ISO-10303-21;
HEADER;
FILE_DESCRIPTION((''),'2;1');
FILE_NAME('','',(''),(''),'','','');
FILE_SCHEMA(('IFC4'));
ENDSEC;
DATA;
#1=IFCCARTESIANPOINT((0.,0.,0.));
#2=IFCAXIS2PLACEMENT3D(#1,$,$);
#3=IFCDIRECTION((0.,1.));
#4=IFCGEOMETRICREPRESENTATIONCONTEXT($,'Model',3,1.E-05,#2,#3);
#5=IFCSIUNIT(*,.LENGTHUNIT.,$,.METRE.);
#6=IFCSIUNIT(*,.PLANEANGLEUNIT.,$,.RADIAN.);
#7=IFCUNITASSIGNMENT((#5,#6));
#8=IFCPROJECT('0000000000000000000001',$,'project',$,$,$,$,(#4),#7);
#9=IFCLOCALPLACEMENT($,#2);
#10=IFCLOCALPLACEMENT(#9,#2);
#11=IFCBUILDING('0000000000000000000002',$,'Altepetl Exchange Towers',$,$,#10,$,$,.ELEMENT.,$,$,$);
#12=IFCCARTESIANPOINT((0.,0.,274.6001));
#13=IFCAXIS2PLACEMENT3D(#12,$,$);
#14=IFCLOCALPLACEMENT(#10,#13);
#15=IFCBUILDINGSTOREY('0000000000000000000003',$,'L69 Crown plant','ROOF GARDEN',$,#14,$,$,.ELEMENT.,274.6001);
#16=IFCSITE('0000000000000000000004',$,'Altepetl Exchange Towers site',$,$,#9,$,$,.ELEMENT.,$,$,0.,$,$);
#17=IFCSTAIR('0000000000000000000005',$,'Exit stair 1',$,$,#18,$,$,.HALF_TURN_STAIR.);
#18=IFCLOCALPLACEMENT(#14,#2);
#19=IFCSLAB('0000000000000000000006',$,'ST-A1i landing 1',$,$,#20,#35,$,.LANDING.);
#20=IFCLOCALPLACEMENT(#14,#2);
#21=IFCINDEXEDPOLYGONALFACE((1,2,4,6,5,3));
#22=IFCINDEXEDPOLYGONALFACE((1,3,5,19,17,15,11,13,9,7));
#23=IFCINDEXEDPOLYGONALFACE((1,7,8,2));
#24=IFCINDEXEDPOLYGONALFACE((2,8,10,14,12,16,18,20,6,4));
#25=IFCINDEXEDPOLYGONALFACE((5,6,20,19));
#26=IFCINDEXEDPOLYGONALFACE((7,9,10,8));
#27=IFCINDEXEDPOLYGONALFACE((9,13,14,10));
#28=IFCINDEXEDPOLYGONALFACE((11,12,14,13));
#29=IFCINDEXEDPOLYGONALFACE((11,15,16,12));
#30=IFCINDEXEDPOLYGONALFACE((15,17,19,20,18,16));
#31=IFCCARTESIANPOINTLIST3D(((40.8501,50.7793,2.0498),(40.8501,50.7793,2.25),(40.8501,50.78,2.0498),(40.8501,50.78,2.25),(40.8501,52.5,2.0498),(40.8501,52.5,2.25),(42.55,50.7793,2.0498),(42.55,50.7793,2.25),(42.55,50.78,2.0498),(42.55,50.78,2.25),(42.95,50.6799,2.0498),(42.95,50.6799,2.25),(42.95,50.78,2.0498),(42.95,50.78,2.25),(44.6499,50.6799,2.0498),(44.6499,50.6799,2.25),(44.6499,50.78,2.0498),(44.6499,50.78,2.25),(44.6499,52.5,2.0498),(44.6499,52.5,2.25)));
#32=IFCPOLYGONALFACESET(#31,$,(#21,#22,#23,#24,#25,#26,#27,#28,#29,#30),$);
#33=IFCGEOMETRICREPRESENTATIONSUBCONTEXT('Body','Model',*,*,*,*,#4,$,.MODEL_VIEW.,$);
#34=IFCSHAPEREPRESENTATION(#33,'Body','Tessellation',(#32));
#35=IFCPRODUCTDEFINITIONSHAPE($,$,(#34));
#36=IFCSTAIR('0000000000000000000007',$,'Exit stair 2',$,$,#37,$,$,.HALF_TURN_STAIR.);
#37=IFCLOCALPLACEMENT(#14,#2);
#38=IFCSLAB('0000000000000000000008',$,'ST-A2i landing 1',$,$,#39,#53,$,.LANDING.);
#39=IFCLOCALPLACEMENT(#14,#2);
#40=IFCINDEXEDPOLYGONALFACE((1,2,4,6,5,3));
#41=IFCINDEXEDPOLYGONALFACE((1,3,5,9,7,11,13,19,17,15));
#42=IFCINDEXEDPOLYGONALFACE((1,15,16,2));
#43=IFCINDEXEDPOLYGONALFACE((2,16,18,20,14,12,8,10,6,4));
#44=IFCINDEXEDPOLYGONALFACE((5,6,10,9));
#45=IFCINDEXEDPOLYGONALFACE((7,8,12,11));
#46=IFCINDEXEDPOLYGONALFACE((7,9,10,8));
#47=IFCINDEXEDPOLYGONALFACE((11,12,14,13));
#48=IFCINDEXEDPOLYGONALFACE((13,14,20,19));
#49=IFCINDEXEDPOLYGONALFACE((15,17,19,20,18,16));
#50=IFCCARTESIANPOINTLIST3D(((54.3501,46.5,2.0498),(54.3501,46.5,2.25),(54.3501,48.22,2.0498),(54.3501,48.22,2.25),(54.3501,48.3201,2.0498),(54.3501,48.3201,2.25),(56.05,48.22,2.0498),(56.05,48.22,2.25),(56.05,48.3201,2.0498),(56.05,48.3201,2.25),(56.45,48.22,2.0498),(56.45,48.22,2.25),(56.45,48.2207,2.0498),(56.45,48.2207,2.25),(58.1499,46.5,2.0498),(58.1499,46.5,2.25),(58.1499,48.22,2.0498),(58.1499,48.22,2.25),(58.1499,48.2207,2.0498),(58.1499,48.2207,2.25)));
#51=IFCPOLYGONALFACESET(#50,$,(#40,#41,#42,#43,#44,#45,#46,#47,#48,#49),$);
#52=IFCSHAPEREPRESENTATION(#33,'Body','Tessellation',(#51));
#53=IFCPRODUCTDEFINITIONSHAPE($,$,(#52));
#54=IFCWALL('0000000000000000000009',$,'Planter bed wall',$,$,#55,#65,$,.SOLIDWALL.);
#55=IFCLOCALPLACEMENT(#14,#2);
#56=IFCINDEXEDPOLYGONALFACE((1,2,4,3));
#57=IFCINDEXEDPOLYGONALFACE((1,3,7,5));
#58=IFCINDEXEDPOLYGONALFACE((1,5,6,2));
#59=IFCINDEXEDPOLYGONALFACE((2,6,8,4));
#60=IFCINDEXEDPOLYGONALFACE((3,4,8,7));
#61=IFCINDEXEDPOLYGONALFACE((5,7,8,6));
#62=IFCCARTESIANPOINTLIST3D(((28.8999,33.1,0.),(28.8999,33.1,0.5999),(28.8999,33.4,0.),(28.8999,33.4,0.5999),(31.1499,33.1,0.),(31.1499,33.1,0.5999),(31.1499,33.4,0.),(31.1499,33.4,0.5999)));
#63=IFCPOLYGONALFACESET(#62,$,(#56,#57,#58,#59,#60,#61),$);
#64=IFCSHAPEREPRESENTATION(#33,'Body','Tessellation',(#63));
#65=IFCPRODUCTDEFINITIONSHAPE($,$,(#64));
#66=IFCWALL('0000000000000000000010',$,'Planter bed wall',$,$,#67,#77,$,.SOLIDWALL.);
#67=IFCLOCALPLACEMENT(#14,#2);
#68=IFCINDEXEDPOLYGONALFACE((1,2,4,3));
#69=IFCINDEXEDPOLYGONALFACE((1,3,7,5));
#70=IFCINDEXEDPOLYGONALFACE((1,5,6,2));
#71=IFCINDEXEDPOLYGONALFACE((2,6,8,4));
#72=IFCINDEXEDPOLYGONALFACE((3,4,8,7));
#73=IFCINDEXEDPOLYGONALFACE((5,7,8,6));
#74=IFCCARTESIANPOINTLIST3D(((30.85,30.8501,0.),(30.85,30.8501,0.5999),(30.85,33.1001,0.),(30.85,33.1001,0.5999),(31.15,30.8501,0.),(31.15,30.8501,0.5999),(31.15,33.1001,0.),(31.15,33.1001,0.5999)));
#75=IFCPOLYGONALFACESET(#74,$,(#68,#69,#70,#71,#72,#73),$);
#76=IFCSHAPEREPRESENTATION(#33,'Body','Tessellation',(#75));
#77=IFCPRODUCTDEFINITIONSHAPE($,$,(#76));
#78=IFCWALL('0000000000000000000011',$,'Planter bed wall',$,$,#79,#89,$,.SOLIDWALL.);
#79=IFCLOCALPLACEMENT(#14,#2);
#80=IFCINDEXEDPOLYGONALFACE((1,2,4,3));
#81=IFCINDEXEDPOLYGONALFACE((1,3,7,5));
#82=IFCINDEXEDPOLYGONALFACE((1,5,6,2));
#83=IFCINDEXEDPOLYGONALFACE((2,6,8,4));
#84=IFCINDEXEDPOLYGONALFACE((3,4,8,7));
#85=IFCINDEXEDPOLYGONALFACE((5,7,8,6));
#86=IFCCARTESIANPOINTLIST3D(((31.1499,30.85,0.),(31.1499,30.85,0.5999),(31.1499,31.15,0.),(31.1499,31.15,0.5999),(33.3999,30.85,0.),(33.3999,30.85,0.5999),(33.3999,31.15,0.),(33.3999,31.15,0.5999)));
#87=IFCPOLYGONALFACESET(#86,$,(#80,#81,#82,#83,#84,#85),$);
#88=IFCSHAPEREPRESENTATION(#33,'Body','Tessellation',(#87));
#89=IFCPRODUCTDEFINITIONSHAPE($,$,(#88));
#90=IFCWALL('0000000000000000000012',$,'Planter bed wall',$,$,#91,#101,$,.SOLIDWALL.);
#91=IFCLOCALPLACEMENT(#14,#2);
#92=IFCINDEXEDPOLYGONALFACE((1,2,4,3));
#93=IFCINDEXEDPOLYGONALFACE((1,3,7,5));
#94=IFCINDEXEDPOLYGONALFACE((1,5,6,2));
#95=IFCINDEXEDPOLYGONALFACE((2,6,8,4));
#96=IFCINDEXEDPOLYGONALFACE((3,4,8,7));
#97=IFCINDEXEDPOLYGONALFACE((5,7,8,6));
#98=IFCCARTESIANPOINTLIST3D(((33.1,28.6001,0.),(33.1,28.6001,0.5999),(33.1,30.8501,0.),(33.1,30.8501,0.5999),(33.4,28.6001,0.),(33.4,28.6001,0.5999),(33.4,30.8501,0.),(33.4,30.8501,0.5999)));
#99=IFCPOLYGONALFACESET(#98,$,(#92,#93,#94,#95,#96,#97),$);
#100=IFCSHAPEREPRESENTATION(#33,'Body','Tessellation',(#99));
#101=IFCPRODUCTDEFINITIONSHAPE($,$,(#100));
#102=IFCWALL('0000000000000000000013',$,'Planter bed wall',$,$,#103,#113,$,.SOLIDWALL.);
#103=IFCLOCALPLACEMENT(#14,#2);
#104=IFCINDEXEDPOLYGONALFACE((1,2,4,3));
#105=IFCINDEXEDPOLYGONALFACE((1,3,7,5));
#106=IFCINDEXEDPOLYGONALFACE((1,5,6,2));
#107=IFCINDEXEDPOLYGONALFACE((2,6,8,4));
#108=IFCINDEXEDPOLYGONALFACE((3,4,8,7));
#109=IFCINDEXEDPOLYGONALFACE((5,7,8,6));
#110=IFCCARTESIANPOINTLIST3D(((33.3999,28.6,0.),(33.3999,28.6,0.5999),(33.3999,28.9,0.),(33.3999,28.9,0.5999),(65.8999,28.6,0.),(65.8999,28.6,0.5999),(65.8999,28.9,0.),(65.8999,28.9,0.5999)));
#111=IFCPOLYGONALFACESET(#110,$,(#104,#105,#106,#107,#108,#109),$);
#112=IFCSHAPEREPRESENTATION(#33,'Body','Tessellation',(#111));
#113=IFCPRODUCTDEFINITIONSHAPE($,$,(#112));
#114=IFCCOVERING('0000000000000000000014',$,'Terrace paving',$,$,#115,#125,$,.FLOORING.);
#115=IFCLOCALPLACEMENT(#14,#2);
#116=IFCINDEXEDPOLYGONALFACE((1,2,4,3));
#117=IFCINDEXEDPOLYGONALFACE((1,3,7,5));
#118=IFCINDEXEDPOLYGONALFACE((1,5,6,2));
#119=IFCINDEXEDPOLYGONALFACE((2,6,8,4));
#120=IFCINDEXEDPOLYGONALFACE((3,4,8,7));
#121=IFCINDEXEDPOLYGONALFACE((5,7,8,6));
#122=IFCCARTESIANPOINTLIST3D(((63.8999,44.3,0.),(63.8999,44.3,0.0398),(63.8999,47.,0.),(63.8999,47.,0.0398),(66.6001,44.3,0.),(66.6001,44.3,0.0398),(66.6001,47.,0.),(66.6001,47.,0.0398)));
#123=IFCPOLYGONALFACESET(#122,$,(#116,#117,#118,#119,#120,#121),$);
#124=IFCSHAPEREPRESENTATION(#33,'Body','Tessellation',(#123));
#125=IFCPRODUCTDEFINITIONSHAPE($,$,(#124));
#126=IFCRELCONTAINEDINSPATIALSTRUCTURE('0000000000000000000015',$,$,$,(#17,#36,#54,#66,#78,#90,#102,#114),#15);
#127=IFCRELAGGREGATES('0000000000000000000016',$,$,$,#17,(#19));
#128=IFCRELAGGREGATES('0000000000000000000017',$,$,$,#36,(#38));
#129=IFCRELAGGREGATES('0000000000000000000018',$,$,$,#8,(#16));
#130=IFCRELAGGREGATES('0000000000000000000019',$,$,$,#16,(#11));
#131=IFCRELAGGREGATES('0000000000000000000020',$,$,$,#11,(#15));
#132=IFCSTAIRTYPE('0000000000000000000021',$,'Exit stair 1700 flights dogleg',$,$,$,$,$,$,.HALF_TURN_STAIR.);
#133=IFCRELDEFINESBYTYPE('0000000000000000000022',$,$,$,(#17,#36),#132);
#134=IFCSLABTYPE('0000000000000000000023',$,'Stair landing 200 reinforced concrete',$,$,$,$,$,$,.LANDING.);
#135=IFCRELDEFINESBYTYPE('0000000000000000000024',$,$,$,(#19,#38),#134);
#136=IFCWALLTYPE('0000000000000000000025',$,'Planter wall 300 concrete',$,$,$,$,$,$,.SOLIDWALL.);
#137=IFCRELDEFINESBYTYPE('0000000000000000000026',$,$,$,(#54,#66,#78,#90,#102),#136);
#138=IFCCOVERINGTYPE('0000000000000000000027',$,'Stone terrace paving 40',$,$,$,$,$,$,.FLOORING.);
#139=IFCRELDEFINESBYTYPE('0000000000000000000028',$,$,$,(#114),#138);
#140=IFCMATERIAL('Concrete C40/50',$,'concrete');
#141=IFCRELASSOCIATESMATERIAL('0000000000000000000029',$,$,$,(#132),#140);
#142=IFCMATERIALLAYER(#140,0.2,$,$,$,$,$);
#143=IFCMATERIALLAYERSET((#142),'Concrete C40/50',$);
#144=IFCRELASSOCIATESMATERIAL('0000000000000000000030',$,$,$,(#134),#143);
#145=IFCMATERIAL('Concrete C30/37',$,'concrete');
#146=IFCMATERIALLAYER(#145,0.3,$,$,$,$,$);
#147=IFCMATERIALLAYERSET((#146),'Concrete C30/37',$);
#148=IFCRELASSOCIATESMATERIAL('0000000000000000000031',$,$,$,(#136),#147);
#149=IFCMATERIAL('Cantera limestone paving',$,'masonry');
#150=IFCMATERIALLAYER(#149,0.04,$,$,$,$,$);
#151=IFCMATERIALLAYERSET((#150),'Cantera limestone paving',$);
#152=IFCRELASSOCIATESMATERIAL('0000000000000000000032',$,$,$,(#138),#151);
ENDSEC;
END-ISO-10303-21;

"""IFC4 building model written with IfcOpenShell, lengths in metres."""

from ifc_helpers import new_model, si_unit, direction, frame, frame_2d, origin, place, context, subcontext, project, spatial, polyline, rectangle, outline, extrude, material, layer, layer_set, type_object, element, aggregate, save


model = new_model("IFC4")

# Units and contexts
model_context = context("Model", 3, precision=1e-05, world=origin(), true_north=direction((0.0, 1.0)))
body_context = subcontext(model_context, "Body", "Model", "MODEL_VIEW")
ifc_project = project(units=[si_unit("LENGTHUNIT", "METRE"), si_unit("PLANEANGLEUNIT", "RADIAN")], contexts=[model_context])

# Site, building, storey
site_placement = place(None, origin())
site = spatial("IfcSite", under=ifc_project, at=site_placement, Name="Altepetl Exchange Towers site", CompositionType="ELEMENT", RefElevation=0.0)
building_placement = place(site_placement, origin())
building = spatial("IfcBuilding", under=site, at=building_placement, Name="Altepetl Exchange Towers", CompositionType="ELEMENT")
storey_placement = place(building_placement, frame((0.0, 0.0, 274.6001)))
storey = spatial("IfcBuildingStorey", under=building, at=storey_placement, Name="L69 Crown plant", Description="ROOF GARDEN", CompositionType="ELEMENT", Elevation=274.6001)

# Stairs, slabs
ifc_material_1 = material(Name="Concrete C40/50", Category="concrete")
stair_type = type_object("IfcStairType", Name="Exit stair 1700 flights dogleg", PredefinedType="HALF_TURN_STAIR", material=ifc_material_1)
stair_1_placement = place(storey_placement, origin())
stair_1 = element("IfcStair", 1, at=stair_1_placement, inside=storey, type_object=stair_type, Name="Exit stair 1", PredefinedType="HALF_TURN_STAIR")
ifc_layer_1 = layer(ifc_material_1, 0.2)
ifc_layer_set_1 = layer_set([ifc_layer_1], Name="Concrete C40/50")
slab_type = type_object("IfcSlabType", Name="Stair landing 200 reinforced concrete", PredefinedType="LANDING", material=ifc_layer_set_1)
slab_1_placement = place(storey_placement, frame((0.0, 0.0, 2.0498)))
slab_1 = element("IfcSlab", 2, at=slab_1_placement, type_object=slab_type, Name="ST-A1i landing 1", PredefinedType="LANDING", context=body_context, shape_type="SweptSolid", body=[
    extrude(outline(polyline([(44.6499, 50.6799), (42.95, 50.6799), (42.95, 50.78), (42.55, 50.78), (42.55, 50.7793), (40.8501, 50.7793), (40.8501, 50.78), (40.8501, 52.5), (44.6499, 52.5), (44.6499, 50.78), (44.6499, 50.6799)])), origin(), (0.0, 0.0, 1.0), 0.2002),
])
aggregate(stair_1, [slab_1])
stair_2_placement = place(storey_placement, origin())
stair_2 = element("IfcStair", 3, at=stair_2_placement, inside=storey, type_object=stair_type, Name="Exit stair 2", PredefinedType="HALF_TURN_STAIR")
slab_2_placement = place(storey_placement, frame((0.0, 0.0, 2.0498)))
slab_2 = element("IfcSlab", 4, at=slab_2_placement, type_object=slab_type, Name="ST-A2i landing 1", PredefinedType="LANDING", context=body_context, shape_type="SweptSolid", body=[
    extrude(outline(polyline([(58.1499, 46.5), (54.3501, 46.5), (54.3501, 48.22), (54.3501, 48.3201), (56.05, 48.3201), (56.05, 48.22), (56.45, 48.22), (56.45, 48.2207), (58.1499, 48.2207), (58.1499, 48.22), (58.1499, 46.5)])), origin(), (0.0, 0.0, 1.0), 0.2002),
])
aggregate(stair_2, [slab_2])

# Walls
ifc_material_2 = material(Name="Concrete C30/37", Category="concrete")
ifc_layer_2 = layer(ifc_material_2, 0.3)
ifc_layer_set_2 = layer_set([ifc_layer_2], Name="Concrete C30/37")
wall_type = type_object("IfcWallType", Name="Planter wall 300 concrete", PredefinedType="SOLIDWALL", material=ifc_layer_set_2)
wall_1_placement = place(storey_placement, frame((28.8999, 33.25, 0.0)))
element("IfcWall", 5, at=wall_1_placement, inside=storey, type_object=wall_type, Name="Planter bed wall", PredefinedType="SOLIDWALL", context=body_context, shape_type="SweptSolid", body=[
    extrude(rectangle(XDim=2.25, YDim=0.3, at=frame_2d((1.125, 0.0))), origin(), (0.0, 0.0, 1.0), 0.5999),
])
wall_2_placement = place(storey_placement, frame((31.0, 33.1001, 0.0), z_axis=(0.0, 0.0, 1.0), x_axis=(0.0, -1.0, 0.0)))
element("IfcWall", 6, at=wall_2_placement, inside=storey, type_object=wall_type, Name="Planter bed wall", PredefinedType="SOLIDWALL", context=body_context, shape_type="SweptSolid", body=[
    extrude(rectangle(XDim=2.25, YDim=0.3, at=frame_2d((1.125, 0.0))), origin(), (0.0, 0.0, 1.0), 0.5999),
])
wall_3_placement = place(storey_placement, frame((31.1499, 31.0, 0.0)))
element("IfcWall", 7, at=wall_3_placement, inside=storey, type_object=wall_type, Name="Planter bed wall", PredefinedType="SOLIDWALL", context=body_context, shape_type="SweptSolid", body=[
    extrude(rectangle(XDim=2.25, YDim=0.3, at=frame_2d((1.125, 0.0))), origin(), (0.0, 0.0, 1.0), 0.5999),
])
wall_4_placement = place(storey_placement, frame((33.25, 30.8501, 0.0), z_axis=(0.0, 0.0, 1.0), x_axis=(0.0, -1.0, 0.0)))
element("IfcWall", 8, at=wall_4_placement, inside=storey, type_object=wall_type, Name="Planter bed wall", PredefinedType="SOLIDWALL", context=body_context, shape_type="SweptSolid", body=[
    extrude(rectangle(XDim=2.25, YDim=0.3, at=frame_2d((1.125, 0.0))), origin(), (0.0, 0.0, 1.0), 0.5999),
])
wall_5_placement = place(storey_placement, frame((33.3999, 28.75, 0.0)))
element("IfcWall", 9, at=wall_5_placement, inside=storey, type_object=wall_type, Name="Planter bed wall", PredefinedType="SOLIDWALL", context=body_context, shape_type="SweptSolid", body=[
    extrude(rectangle(XDim=32.5, YDim=0.3, at=frame_2d((16.25, 0.0))), origin(), (0.0, 0.0, 1.0), 0.5999),
])

# Covering
ifc_material_3 = material(Name="Cantera limestone paving", Category="masonry")
ifc_layer_3 = layer(ifc_material_3, 0.04)
ifc_layer_set_3 = layer_set([ifc_layer_3], Name="Cantera limestone paving")
covering_type = type_object("IfcCoveringType", Name="Stone terrace paving 40", PredefinedType="FLOORING", material=ifc_layer_set_3)
covering_placement = place(storey_placement, origin())
element("IfcCovering", 10, at=covering_placement, inside=storey, type_object=covering_type, Name="Terrace paving", PredefinedType="FLOORING", context=body_context, shape_type="SweptSolid", body=[
    extrude(outline(polyline([(63.8999, 47.0), (63.8999, 44.3), (66.6001, 44.3), (66.6001, 47.0), (63.8999, 47.0)])), origin(), (0.0, 0.0, 1.0), 0.0398),
])

save(model, "model.ifc")
